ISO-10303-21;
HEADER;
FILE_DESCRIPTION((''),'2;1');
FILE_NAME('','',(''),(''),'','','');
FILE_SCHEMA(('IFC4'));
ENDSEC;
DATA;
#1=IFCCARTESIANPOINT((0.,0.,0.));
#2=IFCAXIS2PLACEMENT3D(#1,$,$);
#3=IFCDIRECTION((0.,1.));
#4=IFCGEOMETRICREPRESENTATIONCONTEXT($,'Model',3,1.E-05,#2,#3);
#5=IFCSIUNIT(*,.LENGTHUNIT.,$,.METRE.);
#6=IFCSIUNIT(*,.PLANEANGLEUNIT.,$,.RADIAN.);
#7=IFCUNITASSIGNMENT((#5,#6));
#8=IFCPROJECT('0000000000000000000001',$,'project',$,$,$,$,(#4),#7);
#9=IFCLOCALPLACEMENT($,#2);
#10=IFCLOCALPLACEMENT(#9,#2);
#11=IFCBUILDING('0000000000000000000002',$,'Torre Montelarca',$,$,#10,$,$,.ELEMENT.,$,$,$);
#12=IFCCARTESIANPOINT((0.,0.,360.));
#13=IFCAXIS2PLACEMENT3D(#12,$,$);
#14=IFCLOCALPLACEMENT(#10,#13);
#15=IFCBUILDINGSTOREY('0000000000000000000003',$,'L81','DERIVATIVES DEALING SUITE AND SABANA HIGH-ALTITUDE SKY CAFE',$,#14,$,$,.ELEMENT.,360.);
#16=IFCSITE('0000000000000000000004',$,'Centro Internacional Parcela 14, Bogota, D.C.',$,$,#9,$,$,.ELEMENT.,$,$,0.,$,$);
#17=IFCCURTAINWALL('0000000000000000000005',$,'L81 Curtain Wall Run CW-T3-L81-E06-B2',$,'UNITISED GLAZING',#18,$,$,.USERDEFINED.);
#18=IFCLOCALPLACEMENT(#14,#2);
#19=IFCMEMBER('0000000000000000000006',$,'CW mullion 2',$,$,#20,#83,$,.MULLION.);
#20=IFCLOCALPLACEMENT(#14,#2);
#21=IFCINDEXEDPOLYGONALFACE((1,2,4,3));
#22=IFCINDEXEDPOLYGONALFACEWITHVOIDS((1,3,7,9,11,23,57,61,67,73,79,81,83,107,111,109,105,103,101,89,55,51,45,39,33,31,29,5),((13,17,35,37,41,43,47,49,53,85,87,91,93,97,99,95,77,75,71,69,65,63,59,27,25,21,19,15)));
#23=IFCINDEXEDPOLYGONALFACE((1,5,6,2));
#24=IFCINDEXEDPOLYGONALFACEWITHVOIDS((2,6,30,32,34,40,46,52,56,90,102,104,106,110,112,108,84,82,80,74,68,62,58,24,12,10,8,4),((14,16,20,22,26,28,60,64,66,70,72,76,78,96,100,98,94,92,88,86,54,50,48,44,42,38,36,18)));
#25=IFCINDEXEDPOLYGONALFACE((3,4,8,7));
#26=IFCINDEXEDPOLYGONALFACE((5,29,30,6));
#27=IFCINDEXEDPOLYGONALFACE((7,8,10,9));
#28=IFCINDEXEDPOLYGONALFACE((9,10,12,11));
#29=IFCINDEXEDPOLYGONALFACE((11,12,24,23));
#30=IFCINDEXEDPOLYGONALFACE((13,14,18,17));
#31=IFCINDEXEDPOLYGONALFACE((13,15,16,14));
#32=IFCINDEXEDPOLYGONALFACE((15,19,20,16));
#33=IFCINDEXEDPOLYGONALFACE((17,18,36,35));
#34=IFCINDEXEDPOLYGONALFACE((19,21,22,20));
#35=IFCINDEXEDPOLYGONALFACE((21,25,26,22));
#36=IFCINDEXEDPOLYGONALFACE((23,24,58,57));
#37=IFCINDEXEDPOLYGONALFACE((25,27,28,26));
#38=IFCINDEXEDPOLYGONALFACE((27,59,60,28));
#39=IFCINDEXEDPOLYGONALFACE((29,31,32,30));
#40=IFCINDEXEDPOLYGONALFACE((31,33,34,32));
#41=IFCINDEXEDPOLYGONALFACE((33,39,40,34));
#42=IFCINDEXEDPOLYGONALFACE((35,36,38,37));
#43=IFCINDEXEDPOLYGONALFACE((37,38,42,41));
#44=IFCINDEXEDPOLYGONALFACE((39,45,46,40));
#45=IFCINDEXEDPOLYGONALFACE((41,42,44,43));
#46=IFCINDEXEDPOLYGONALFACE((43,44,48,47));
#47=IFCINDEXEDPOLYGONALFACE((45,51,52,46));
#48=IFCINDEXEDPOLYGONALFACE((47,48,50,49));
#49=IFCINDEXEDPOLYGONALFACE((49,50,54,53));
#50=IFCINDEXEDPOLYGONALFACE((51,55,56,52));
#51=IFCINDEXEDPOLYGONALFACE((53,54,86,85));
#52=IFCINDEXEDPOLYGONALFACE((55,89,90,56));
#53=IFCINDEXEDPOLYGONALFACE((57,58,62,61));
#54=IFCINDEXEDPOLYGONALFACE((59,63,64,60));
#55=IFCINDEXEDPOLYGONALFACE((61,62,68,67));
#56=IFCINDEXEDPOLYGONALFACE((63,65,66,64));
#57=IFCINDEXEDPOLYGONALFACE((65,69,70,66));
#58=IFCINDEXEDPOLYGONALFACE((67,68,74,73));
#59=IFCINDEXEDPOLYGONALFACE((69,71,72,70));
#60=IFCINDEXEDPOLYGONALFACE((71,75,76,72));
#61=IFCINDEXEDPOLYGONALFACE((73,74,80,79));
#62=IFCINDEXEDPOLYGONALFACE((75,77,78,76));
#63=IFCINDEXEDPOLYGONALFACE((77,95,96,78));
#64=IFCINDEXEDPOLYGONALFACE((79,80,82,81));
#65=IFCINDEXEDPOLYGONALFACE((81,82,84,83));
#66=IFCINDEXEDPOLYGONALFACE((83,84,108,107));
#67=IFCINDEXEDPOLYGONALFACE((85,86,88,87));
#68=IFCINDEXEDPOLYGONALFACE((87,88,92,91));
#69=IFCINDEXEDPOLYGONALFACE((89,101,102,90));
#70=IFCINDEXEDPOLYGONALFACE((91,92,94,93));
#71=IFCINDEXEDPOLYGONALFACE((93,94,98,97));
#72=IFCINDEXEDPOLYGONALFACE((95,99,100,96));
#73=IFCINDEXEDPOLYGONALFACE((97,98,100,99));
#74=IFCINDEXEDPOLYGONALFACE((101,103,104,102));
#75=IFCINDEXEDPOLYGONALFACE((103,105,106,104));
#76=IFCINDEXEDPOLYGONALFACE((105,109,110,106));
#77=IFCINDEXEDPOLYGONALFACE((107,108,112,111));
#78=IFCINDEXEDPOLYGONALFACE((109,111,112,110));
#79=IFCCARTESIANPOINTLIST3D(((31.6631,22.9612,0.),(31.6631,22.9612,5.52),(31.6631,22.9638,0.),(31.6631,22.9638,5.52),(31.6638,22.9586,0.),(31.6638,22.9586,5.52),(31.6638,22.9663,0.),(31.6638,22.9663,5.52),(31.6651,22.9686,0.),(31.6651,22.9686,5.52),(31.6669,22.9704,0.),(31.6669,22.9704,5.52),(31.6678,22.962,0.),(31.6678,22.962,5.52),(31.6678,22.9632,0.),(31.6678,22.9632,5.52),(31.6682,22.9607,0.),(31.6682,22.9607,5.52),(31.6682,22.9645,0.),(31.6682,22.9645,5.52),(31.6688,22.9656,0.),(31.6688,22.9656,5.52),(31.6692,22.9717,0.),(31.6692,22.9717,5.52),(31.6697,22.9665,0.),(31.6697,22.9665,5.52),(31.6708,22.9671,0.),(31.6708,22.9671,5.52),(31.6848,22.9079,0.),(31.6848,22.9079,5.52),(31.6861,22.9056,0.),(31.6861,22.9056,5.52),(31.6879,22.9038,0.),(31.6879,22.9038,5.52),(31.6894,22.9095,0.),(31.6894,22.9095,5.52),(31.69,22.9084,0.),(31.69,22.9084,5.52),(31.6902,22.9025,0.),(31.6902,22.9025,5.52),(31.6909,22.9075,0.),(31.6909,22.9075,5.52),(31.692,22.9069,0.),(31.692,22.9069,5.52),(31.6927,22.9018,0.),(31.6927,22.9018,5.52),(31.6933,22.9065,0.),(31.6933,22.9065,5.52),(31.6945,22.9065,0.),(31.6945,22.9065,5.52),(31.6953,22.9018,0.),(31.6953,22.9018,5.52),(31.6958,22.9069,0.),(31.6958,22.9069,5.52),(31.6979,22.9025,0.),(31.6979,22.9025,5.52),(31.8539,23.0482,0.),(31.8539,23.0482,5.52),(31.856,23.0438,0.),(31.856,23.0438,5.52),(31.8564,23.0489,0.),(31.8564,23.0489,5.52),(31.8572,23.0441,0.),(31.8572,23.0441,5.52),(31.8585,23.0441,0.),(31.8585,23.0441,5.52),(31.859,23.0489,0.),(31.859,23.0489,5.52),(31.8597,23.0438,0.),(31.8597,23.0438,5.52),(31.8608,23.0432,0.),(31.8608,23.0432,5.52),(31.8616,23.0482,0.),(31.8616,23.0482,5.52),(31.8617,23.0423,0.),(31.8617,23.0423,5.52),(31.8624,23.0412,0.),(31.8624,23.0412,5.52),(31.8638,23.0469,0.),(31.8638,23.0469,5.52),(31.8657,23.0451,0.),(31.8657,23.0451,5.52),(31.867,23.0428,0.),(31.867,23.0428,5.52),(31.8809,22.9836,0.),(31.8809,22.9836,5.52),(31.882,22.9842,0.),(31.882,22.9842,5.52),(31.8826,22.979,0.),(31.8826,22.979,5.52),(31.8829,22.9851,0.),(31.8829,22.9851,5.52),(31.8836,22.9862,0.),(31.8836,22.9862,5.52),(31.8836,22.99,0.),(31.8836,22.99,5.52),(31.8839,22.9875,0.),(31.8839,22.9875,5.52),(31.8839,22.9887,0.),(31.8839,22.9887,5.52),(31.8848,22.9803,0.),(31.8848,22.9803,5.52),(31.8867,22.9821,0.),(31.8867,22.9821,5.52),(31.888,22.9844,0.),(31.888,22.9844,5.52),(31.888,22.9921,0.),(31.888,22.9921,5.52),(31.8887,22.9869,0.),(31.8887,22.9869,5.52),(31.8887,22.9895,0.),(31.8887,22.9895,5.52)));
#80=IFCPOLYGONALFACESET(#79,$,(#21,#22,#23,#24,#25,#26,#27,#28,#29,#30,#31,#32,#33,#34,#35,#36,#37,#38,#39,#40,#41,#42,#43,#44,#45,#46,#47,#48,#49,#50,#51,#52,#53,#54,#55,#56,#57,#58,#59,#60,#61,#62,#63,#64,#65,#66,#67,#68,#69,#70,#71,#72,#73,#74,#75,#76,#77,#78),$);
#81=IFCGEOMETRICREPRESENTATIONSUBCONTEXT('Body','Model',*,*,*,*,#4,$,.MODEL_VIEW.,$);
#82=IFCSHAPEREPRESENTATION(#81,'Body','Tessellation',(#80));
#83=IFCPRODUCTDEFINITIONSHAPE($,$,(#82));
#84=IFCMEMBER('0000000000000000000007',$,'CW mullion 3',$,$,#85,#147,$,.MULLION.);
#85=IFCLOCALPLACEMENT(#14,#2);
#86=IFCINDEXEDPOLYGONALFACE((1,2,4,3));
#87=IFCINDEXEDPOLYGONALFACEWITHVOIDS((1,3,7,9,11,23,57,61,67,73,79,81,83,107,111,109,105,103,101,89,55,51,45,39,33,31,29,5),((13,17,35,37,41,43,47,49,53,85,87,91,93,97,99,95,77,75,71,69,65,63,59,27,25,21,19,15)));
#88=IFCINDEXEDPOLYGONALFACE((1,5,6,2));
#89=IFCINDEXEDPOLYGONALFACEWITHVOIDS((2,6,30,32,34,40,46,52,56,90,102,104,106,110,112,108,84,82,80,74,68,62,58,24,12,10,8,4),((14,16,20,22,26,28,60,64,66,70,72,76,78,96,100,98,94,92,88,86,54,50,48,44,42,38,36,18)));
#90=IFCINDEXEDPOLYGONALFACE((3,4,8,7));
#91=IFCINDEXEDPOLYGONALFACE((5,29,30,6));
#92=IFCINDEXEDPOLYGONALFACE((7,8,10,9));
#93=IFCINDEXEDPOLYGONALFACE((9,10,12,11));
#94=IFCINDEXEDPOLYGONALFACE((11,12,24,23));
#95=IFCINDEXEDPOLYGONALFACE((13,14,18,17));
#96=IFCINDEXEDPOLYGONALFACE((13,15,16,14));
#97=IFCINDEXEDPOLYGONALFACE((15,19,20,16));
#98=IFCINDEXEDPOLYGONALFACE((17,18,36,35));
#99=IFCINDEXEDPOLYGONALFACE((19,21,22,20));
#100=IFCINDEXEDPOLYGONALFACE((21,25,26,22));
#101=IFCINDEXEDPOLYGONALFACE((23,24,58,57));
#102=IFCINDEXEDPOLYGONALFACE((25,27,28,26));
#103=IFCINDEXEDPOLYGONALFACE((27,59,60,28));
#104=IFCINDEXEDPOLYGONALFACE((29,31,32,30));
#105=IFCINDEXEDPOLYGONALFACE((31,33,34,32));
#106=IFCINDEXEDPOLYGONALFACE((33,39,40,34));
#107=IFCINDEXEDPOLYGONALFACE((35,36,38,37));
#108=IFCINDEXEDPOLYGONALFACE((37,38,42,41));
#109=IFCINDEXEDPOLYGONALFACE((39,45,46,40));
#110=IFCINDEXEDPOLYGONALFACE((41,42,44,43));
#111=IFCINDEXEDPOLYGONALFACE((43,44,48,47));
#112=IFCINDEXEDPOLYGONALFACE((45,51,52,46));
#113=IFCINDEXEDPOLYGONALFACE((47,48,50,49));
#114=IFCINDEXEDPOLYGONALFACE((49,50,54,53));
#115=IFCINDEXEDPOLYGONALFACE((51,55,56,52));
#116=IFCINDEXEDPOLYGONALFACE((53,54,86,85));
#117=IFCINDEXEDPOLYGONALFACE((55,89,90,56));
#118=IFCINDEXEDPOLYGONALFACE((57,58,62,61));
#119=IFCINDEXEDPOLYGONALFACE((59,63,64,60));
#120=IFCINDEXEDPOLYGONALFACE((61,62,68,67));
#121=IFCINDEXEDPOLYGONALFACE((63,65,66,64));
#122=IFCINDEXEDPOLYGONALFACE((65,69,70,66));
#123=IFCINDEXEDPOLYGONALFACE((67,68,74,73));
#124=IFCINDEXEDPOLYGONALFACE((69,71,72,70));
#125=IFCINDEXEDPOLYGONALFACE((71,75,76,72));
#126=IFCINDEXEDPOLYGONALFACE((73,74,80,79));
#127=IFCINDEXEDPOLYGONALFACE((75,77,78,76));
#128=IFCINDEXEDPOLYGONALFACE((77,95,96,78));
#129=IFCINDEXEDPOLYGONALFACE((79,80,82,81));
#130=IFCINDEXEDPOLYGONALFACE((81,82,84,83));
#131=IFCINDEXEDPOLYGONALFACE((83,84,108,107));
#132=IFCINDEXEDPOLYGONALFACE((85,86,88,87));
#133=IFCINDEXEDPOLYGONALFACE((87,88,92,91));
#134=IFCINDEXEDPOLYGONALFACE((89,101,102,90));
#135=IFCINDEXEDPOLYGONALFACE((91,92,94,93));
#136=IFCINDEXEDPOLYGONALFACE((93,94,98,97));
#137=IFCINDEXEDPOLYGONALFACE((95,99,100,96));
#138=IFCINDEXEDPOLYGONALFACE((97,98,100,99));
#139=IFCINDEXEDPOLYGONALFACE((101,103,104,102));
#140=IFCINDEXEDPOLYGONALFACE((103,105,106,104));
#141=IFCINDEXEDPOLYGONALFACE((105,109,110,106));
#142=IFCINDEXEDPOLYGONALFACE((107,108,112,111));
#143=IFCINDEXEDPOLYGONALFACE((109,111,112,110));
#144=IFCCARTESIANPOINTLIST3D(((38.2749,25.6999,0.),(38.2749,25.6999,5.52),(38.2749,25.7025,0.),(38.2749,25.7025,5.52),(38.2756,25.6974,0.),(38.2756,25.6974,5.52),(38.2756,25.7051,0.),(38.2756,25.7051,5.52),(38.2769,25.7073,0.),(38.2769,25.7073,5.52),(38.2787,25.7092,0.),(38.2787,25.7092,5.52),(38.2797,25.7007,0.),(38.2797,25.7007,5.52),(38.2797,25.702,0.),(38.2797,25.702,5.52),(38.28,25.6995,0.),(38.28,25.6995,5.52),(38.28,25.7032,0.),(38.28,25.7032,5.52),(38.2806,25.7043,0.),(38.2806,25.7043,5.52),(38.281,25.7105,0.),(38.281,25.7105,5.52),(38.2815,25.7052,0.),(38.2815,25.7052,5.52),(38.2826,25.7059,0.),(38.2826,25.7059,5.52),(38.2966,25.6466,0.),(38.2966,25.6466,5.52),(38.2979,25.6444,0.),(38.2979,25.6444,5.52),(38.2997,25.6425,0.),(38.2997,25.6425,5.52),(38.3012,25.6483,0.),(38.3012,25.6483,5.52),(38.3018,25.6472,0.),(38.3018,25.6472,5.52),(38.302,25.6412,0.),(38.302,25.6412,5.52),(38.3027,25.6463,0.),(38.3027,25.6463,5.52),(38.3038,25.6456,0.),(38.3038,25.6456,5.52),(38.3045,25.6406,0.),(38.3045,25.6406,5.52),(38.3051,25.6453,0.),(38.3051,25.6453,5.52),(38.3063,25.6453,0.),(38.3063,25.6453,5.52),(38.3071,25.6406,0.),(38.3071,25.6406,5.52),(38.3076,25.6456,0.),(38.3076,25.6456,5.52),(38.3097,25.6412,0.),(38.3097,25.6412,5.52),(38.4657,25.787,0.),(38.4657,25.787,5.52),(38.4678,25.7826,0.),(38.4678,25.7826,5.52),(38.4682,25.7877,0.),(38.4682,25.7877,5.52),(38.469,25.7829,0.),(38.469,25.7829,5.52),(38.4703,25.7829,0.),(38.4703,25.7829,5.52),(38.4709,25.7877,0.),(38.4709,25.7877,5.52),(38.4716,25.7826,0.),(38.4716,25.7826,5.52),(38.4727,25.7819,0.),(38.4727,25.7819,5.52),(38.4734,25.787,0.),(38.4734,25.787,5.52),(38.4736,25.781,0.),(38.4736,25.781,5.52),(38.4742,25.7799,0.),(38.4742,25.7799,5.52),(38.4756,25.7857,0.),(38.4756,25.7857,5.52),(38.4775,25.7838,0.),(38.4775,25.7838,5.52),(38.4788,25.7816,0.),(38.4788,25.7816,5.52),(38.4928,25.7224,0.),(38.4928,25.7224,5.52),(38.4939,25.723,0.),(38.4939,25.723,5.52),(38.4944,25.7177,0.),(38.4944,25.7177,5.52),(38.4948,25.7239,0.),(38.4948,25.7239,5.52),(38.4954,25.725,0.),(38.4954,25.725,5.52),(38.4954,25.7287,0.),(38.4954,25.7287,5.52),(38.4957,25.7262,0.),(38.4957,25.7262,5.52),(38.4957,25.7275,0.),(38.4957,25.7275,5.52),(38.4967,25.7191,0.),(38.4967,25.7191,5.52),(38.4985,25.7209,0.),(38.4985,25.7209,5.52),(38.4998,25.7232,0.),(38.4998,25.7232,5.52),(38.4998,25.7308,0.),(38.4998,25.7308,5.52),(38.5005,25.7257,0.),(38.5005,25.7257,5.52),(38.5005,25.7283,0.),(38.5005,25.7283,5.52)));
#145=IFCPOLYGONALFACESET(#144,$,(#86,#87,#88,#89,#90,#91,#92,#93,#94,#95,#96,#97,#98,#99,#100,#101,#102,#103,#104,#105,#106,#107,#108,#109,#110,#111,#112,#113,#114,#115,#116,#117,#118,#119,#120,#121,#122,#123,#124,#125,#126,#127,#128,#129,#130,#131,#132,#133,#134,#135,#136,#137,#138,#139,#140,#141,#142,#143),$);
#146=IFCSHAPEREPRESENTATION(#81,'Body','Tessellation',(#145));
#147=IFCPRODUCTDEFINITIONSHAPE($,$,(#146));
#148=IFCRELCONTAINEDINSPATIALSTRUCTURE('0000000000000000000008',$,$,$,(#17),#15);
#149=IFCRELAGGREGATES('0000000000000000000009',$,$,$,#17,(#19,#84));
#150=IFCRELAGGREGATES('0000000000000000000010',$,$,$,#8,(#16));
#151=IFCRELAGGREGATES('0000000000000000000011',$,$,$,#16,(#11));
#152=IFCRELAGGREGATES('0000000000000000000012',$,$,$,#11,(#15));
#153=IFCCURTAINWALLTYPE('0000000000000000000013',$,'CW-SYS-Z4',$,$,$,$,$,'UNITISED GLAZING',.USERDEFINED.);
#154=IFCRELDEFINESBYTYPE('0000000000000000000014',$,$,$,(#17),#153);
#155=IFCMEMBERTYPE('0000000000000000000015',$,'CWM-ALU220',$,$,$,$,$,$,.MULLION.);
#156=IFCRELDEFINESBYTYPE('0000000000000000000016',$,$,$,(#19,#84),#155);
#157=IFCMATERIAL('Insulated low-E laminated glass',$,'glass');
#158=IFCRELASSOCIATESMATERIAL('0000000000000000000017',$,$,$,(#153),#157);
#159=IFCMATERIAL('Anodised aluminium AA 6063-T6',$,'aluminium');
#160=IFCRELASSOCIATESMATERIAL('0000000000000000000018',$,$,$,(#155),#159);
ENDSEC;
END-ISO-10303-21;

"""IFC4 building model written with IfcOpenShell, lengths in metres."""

from ifc_helpers import new_model, si_unit, direction, frame, origin, origin_2d, place, context, subcontext, project, spatial, hollow_rectangle, extrude, source, transform, mapped, material, material_profile, profile_set, type_object, element, aggregate, save


model = new_model("IFC4")

# Units and contexts
model_context = context("Model", 3, precision=1e-05, world=origin(), true_north=direction((0.0, 1.0)))
body_context = subcontext(model_context, "Body", "Model", "MODEL_VIEW")
ifc_project = project(units=[si_unit("LENGTHUNIT", "METRE"), si_unit("PLANEANGLEUNIT", "RADIAN")], contexts=[model_context])

# Site, building, storey
site_placement = place(None, origin())
site = spatial("IfcSite", under=ifc_project, at=site_placement, Name="Centro Internacional Parcela 14, Bogota, D.C.", CompositionType="ELEMENT", RefElevation=0.0)
building_placement = place(site_placement, origin())
building = spatial("IfcBuilding", under=site, at=building_placement, Name="Torre Montelarca", CompositionType="ELEMENT")
storey_placement = place(building_placement, frame((0.0, 0.0, 360.0)))
storey = spatial("IfcBuildingStorey", under=building, at=storey_placement, Name="L81", Description="DERIVATIVES DEALING SUITE AND SABANA HIGH-ALTITUDE SKY CAFE", CompositionType="ELEMENT", Elevation=360.0)

# Curtain wall, members
ifc_material_1 = material(Name="Insulated low-E laminated glass", Category="glass")
curtain_wall_type = type_object("IfcCurtainWallType", Name="CW-SYS-Z4", ElementType="UNITISED GLAZING", PredefinedType="USERDEFINED", material=ifc_material_1)
curtain_wall_1_placement = place(storey_placement, origin())
curtain_wall_1 = element("IfcCurtainWall", 1, at=curtain_wall_1_placement, inside=storey, type_object=curtain_wall_type, Name="L81 Curtain Wall Run CW-T3-L81-E06-B2", ObjectType="UNITISED GLAZING", PredefinedType="USERDEFINED")
ifc_material_2 = material(Name="Anodised aluminium AA 6063-T6", Category="aluminium")
ifc_material_profile_1 = material_profile(ifc_material_2, hollow_rectangle(XDim=0.075, YDim=0.22, WallThickness=0.0049, InnerFilletRadius=0.0049, OuterFilletRadius=0.01, at=origin_2d()), Name="ALU75X220X5", Category="aluminium")
ifc_profile_set_1 = profile_set([ifc_material_profile_1], Name="Anodised aluminium AA 6063-T6")
member_type_1 = type_object("IfcMemberType", Name="CWM-ALU220", PredefinedType="MULLION", material=ifc_profile_set_1)
shared_shape_1 = source(origin(), body_context, "Body", "SweptSolid", [
    extrude(hollow_rectangle(XDim=0.075, YDim=0.22, WallThickness=0.0049, InnerFilletRadius=0.0049, OuterFilletRadius=0.01, at=origin_2d()), origin(), (0.0, 0.0, 1.0), 5.52),
])
member_1_placement = place(storey_placement, frame((31.7759, 22.9753, 0.0), z_axis=(0.0, 0.0, 1.0), x_axis=(-0.382687, 0.923878, 0.0)))
member_1 = element("IfcMember", 2, at=member_1_placement, type_object=member_type_1, Name="CW mullion 2", PredefinedType="MULLION", context=body_context, shape_type="MappedRepresentation", body=[
    mapped(shared_shape_1, transform((0.0, 0.0, 0.0), scale=1.0)),
])
member_2_placement = place(storey_placement, frame((38.3877, 25.7141, 0.0), z_axis=(0.0, 0.0, 1.0), x_axis=(-0.382687, 0.923878, 0.0)))
member_2 = element("IfcMember", 3, at=member_2_placement, type_object=member_type_1, Name="CW mullion 3", PredefinedType="MULLION", context=body_context, shape_type="MappedRepresentation", body=[
    mapped(shared_shape_1, transform((0.0, 0.0, 0.0), scale=1.0)),
])

aggregate(curtain_wall_1, [member_1, member_2])

save(model, "model.ifc")
